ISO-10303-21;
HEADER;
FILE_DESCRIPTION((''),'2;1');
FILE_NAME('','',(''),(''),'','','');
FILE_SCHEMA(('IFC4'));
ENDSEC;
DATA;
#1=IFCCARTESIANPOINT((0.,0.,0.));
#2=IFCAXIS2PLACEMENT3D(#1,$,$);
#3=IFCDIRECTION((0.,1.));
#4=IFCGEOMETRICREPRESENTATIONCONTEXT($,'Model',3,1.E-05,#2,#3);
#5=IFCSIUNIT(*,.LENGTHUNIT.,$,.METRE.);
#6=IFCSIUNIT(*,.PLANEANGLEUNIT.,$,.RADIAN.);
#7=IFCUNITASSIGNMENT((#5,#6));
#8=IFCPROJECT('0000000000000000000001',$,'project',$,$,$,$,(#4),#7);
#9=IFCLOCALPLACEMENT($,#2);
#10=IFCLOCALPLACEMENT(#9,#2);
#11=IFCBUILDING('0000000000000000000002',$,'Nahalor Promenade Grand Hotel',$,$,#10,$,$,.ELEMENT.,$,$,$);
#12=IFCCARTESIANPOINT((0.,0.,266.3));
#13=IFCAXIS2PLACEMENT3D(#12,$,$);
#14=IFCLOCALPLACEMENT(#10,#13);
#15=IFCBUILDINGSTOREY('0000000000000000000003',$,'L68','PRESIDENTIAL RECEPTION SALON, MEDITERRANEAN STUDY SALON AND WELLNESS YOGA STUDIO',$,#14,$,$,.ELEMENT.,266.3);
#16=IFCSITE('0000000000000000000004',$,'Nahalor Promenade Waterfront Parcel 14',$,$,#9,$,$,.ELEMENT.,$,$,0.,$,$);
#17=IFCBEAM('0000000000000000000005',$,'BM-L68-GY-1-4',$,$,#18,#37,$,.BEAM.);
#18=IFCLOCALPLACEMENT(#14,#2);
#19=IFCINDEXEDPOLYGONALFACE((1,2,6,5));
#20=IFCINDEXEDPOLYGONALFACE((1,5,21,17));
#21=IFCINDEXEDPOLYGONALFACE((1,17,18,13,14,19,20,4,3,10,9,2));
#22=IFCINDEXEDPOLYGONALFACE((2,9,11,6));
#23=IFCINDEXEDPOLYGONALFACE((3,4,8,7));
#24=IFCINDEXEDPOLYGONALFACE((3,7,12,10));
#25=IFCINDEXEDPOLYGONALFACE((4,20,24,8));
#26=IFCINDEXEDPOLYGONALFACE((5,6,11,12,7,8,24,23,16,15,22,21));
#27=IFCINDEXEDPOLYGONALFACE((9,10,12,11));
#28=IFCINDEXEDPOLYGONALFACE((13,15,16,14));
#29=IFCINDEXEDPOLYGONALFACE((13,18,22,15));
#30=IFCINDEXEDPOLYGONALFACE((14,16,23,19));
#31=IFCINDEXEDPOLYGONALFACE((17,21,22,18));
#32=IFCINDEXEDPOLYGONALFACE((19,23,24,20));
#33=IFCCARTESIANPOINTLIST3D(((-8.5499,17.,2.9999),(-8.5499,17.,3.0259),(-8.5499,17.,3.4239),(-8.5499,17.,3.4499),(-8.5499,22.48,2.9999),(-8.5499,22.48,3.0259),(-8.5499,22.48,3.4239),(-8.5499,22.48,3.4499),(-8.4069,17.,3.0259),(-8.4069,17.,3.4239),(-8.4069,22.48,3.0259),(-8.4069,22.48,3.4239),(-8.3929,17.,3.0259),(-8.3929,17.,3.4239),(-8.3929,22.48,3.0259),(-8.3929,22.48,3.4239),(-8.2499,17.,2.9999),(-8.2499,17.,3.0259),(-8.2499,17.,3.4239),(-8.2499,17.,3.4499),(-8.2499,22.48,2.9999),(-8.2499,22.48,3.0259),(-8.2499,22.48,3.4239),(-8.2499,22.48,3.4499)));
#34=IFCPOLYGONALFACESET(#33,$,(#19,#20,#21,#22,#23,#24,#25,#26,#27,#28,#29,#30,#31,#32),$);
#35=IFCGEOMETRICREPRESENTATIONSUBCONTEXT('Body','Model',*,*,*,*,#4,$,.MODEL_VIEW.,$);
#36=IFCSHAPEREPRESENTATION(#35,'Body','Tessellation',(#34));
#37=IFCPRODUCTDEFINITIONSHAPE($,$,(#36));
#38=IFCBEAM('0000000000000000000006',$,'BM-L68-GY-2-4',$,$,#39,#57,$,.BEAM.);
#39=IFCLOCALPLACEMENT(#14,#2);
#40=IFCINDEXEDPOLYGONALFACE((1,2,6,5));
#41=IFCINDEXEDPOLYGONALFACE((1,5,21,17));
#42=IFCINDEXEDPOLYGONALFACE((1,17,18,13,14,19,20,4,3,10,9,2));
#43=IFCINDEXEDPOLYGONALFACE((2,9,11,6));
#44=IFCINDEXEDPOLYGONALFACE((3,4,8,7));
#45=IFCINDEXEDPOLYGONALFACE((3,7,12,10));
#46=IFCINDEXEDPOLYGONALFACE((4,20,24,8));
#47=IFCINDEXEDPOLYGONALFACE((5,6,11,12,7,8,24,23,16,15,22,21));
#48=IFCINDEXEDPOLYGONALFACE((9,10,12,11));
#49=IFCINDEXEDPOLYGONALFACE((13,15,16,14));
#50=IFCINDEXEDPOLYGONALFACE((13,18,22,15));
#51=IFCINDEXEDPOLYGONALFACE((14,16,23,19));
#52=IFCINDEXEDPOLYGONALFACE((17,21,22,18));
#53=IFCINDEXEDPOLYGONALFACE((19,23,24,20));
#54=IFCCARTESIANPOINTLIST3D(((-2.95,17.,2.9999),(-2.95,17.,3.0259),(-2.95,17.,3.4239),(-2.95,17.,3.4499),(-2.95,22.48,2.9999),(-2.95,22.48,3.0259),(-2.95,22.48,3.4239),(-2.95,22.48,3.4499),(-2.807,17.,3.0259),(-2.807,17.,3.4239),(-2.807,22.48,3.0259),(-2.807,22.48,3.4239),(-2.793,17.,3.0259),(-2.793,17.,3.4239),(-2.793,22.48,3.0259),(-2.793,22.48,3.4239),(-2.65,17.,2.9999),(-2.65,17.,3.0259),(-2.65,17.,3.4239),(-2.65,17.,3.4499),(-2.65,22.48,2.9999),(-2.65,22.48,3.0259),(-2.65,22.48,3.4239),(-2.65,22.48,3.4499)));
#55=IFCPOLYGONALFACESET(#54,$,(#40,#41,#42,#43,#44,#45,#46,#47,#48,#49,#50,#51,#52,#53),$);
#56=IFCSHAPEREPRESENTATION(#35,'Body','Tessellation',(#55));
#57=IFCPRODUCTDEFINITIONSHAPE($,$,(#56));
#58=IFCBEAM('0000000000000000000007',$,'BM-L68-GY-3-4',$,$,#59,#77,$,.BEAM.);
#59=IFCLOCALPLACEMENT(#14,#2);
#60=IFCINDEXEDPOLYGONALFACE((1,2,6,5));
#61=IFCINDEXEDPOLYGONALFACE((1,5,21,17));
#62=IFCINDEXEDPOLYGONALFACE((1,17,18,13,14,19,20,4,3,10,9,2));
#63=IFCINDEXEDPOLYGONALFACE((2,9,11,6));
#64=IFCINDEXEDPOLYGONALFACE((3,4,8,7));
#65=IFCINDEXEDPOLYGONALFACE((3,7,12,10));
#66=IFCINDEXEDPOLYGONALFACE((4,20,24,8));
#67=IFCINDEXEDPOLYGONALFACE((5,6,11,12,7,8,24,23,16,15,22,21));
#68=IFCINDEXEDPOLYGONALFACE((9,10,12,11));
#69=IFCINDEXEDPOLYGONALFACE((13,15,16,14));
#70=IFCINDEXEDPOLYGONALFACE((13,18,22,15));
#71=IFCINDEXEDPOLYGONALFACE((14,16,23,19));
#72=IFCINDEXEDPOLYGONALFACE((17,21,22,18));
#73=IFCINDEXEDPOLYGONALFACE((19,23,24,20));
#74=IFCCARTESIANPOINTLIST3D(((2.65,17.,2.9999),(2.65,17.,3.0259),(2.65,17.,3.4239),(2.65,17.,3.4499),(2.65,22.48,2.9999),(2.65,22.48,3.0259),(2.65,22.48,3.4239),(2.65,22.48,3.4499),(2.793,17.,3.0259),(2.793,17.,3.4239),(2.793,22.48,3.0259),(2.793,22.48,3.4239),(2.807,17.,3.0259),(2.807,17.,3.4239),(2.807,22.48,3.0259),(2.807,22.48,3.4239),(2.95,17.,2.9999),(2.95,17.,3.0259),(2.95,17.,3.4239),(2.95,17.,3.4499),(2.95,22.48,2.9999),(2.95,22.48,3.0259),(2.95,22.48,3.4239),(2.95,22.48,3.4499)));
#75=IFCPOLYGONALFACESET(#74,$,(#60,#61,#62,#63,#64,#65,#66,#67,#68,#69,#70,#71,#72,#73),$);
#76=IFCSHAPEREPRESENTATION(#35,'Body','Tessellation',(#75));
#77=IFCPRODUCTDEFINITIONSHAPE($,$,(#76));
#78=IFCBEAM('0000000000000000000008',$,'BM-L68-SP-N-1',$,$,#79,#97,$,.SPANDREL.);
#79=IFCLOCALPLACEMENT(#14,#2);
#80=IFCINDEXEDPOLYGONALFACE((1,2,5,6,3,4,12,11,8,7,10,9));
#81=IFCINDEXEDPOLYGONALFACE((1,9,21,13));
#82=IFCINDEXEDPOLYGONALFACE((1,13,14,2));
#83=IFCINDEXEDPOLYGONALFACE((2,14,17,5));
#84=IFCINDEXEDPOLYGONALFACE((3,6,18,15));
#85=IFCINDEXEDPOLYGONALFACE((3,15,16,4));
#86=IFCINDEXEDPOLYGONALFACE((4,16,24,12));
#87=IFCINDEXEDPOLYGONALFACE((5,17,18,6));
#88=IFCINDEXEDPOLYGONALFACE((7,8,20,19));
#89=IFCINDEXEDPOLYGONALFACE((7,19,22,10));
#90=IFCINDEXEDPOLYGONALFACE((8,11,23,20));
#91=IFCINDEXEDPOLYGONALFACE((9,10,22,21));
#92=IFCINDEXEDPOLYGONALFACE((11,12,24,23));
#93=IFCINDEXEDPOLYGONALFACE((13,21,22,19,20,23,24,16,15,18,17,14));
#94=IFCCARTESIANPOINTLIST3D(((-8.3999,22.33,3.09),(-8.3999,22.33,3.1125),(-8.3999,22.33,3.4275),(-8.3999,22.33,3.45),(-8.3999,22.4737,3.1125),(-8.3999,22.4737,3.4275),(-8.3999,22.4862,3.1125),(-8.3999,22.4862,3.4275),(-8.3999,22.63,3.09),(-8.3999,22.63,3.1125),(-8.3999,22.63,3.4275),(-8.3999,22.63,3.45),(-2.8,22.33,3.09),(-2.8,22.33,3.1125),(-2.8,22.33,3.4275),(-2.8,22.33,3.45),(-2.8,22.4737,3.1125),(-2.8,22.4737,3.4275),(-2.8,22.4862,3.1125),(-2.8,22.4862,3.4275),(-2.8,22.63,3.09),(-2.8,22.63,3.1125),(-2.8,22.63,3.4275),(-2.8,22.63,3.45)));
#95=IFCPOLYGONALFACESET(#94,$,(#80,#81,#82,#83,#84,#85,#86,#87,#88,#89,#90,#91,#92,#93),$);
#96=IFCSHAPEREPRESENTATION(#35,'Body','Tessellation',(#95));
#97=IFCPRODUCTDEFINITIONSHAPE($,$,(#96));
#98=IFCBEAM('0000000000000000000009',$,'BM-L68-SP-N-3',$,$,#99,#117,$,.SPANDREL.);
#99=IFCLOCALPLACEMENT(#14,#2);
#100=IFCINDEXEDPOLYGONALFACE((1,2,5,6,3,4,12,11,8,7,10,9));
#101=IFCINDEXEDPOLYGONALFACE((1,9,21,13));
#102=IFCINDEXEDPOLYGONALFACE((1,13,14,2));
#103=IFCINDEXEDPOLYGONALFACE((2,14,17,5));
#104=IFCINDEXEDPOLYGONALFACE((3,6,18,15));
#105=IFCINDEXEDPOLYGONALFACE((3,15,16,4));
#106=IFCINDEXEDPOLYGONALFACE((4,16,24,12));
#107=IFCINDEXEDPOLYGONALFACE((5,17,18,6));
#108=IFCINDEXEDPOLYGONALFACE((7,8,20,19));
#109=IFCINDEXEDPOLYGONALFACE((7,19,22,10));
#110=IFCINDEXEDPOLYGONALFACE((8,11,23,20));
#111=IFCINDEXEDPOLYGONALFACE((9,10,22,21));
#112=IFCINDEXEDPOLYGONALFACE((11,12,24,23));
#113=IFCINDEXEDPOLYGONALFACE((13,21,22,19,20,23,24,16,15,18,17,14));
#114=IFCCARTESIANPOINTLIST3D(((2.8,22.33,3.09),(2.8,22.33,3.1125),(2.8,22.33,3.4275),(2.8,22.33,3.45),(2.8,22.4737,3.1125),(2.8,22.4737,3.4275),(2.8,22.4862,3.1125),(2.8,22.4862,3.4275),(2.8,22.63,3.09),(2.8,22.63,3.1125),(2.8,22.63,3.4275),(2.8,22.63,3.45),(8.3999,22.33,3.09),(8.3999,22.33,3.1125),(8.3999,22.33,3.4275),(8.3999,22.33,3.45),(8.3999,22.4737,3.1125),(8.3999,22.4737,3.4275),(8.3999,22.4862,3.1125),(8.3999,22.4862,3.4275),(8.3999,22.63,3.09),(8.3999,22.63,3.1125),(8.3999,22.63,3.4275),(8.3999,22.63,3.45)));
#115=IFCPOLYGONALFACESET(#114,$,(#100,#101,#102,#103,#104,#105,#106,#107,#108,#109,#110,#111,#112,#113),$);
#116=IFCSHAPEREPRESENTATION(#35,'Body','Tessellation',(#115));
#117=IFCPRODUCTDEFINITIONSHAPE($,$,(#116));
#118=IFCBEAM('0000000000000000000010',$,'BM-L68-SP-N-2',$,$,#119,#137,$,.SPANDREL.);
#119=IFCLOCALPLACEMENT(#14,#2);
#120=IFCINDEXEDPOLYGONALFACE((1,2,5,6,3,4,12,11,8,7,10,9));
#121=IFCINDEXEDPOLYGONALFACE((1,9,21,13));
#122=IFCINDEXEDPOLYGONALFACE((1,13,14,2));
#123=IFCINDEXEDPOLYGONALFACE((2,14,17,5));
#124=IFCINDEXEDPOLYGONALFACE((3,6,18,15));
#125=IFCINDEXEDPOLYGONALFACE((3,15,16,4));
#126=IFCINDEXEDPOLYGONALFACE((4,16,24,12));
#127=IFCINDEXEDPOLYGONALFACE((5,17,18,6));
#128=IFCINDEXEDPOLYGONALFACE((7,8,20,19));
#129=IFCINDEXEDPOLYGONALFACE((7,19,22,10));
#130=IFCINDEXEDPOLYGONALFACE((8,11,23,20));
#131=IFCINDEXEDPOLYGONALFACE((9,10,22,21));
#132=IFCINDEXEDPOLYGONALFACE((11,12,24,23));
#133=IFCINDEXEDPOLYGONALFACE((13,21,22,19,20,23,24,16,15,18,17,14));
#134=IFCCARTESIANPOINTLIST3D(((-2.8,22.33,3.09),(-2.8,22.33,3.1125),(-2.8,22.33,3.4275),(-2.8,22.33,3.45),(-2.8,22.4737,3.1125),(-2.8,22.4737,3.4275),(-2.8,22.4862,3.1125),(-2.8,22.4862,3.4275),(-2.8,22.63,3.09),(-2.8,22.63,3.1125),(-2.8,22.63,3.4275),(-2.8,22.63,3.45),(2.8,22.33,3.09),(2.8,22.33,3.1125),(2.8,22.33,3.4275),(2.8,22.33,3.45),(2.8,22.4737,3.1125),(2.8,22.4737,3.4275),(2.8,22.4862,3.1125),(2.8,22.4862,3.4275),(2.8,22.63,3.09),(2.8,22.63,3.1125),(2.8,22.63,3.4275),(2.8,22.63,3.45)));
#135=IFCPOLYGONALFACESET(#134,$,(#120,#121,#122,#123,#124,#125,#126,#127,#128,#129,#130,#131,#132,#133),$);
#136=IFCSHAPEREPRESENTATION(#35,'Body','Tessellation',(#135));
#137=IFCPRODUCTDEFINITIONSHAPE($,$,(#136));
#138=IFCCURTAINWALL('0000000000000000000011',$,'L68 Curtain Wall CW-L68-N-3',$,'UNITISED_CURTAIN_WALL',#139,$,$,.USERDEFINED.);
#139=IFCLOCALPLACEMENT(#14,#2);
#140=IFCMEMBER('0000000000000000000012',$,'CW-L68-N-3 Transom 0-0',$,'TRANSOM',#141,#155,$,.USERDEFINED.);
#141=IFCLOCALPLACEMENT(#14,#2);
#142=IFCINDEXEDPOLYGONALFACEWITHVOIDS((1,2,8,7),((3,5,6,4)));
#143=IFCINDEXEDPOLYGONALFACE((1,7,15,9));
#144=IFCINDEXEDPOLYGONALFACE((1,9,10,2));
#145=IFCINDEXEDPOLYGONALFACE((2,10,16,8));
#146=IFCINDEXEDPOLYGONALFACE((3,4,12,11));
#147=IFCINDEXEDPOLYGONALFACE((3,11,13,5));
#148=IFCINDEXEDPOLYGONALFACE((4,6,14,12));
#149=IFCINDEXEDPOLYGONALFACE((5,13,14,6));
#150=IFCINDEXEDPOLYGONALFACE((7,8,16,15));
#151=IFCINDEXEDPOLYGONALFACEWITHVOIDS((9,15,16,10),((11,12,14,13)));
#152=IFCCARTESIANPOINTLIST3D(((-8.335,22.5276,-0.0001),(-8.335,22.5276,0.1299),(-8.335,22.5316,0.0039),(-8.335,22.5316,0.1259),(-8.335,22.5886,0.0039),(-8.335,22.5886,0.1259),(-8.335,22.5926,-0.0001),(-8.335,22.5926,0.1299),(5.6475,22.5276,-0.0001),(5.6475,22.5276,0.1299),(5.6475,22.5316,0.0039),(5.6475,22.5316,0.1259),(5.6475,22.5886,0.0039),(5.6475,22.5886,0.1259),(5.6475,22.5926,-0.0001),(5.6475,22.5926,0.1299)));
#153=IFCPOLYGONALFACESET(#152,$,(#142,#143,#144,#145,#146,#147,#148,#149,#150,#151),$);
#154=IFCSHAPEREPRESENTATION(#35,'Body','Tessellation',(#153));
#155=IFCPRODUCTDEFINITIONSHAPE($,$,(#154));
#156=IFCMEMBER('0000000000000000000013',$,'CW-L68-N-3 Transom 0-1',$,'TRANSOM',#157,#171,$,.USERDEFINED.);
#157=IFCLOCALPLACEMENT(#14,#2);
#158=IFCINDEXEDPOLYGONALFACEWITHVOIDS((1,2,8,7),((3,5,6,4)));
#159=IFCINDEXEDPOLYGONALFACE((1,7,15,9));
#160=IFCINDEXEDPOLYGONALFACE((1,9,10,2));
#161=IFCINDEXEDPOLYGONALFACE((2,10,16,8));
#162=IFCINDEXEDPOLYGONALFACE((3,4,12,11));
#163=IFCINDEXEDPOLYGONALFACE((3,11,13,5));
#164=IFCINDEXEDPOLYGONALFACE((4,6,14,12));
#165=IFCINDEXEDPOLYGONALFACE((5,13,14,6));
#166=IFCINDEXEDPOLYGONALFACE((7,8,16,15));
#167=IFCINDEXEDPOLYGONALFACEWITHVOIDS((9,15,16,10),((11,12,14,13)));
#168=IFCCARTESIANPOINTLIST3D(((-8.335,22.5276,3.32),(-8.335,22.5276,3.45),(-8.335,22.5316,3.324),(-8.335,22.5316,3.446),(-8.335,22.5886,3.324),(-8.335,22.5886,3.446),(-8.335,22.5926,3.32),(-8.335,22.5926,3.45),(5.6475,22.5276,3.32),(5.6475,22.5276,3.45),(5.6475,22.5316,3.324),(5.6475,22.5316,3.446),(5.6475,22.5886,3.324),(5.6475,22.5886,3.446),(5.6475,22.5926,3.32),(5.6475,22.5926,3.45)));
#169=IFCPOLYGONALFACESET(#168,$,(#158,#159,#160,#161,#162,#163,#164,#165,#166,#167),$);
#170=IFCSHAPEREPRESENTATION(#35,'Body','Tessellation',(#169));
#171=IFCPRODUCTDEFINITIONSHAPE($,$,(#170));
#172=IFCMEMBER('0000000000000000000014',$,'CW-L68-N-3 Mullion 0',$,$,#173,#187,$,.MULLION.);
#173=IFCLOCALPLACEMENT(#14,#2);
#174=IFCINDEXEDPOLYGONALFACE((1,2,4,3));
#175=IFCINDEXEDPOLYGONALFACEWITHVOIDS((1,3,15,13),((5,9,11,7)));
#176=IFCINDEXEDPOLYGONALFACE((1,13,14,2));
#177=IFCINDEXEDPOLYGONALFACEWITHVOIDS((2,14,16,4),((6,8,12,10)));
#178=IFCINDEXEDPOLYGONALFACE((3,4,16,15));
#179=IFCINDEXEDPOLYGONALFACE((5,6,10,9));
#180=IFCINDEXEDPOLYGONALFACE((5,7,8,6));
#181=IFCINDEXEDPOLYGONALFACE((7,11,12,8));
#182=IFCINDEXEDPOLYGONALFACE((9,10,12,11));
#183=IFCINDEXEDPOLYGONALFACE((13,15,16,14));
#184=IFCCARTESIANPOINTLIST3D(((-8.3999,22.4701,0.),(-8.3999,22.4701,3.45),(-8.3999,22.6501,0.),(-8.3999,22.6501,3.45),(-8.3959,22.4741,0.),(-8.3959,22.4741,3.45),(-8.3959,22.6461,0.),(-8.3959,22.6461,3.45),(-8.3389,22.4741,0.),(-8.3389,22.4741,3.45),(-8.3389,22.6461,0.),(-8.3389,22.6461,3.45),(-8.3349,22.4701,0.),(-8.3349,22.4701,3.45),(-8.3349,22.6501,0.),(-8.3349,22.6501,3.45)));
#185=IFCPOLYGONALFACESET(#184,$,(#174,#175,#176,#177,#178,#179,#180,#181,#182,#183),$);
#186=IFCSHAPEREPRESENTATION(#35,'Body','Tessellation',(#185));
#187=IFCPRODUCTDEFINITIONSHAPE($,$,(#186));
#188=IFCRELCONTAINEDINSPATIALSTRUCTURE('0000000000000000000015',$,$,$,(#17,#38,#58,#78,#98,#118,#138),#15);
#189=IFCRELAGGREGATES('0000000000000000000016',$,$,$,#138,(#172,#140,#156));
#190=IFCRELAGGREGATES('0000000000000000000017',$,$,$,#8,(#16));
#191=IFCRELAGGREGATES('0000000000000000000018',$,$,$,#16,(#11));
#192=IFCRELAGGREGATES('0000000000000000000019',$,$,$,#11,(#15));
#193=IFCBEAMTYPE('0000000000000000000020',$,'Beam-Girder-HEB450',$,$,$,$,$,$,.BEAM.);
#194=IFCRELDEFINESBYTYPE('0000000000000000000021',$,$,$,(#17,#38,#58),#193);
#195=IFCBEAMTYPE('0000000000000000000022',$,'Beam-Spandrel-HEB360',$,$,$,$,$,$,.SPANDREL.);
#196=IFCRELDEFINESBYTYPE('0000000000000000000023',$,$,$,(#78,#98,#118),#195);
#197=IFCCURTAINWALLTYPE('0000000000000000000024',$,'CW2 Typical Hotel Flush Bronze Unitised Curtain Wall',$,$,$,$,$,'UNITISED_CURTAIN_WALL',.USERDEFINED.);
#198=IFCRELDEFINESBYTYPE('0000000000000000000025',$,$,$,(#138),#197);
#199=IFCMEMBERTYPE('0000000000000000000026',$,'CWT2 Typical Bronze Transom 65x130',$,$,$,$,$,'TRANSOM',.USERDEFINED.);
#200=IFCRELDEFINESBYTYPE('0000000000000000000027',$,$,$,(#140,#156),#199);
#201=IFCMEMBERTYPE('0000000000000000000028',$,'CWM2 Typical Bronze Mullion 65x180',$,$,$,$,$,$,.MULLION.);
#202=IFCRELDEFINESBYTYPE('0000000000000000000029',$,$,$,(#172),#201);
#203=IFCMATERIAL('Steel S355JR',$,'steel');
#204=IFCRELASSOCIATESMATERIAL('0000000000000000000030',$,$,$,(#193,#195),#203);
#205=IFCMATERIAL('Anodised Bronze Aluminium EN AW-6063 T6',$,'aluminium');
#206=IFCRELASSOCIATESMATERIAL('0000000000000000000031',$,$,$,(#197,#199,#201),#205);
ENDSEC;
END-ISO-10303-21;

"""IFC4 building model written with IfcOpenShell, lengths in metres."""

from ifc_helpers import new_model, si_unit, direction, frame, origin, origin_2d, place, context, subcontext, project, spatial, hollow_rectangle, i_section, extrude, source, transform, mapped, material, material_profile, profile_set, type_object, element, aggregate, save


model = new_model("IFC4")

# Units and contexts
model_context = context("Model", 3, precision=1e-05, world=origin(), true_north=direction((0.0, 1.0)))
body_context = subcontext(model_context, "Body", "Model", "MODEL_VIEW")
ifc_project = project(units=[si_unit("LENGTHUNIT", "METRE"), si_unit("PLANEANGLEUNIT", "RADIAN")], contexts=[model_context])

# Site, building, storey
site_placement = place(None, origin())
site = spatial("IfcSite", under=ifc_project, at=site_placement, Name="Nahalor Promenade Waterfront Parcel 14", CompositionType="ELEMENT", RefElevation=0.0)
building_placement = place(site_placement, origin())
building = spatial("IfcBuilding", under=site, at=building_placement, Name="Nahalor Promenade Grand Hotel", CompositionType="ELEMENT")
storey_placement = place(building_placement, frame((0.0, 0.0, 266.3)))
storey = spatial("IfcBuildingStorey", under=building, at=storey_placement, Name="L68", Description="PRESIDENTIAL RECEPTION SALON, MEDITERRANEAN STUDY SALON AND WELLNESS YOGA STUDIO", CompositionType="ELEMENT", Elevation=266.3)

# Shared definitions
ifc_material_1 = material(Name="Steel S355JR", Category="steel")

# Beams
ifc_material_profile_1 = material_profile(ifc_material_1, i_section(OverallWidth=0.3, OverallDepth=0.45, WebThickness=0.014, FlangeThickness=0.026, at=origin_2d()), Name="HEB 450")
ifc_profile_set_1 = profile_set([ifc_material_profile_1], Name="Steel S355JR")
beam_type_1 = type_object("IfcBeamType", Name="Beam-Girder-HEB450", PredefinedType="BEAM", material=ifc_profile_set_1)
shared_shape_1 = source(origin(), body_context, "Body", "SweptSolid", [
    extrude(i_section(OverallWidth=0.3, OverallDepth=0.45, WebThickness=0.014, FlangeThickness=0.026, at=origin_2d()), origin(), (0.0, 0.0, 1.0), 5.48),
])
for number, where, z_axis, x_axis, name in (
    (1, (-8.3999, 17.0, 3.2249), (0.0, 1.0, 0.0), (-1.0, 0.0, 0.0), "BM-L68-GY-1-4"),
    (2, (-2.8, 17.0, 3.2249), (0.0, 1.0, 0.0), (-1.0, 0.0, 0.0), "BM-L68-GY-2-4"),
    (3, (2.8, 17.0, 3.2249), (0.0, 1.0, 0.0), (-1.0, 0.0, 0.0), "BM-L68-GY-3-4"),
):
    element("IfcBeam", number, at=place(storey_placement, frame(where, z_axis=z_axis, x_axis=x_axis)), inside=storey, type_object=beam_type_1, Name=name, PredefinedType="BEAM", context=body_context, shape_type="MappedRepresentation", body=[
        mapped(shared_shape_1, transform((0.0, 0.0, 0.0), scale=1.0)),
    ])
ifc_material_profile_2 = material_profile(ifc_material_1, i_section(OverallWidth=0.3, OverallDepth=0.36, WebThickness=0.0125, FlangeThickness=0.0225, at=origin_2d()), Name="HEB 360")
ifc_profile_set_2 = profile_set([ifc_material_profile_2], Name="Steel S355JR")
beam_type_2 = type_object("IfcBeamType", Name="Beam-Spandrel-HEB360", PredefinedType="SPANDREL", material=ifc_profile_set_2)
shared_shape_2 = source(origin(), body_context, "Body", "SweptSolid", [
    extrude(i_section(OverallWidth=0.3, OverallDepth=0.36, WebThickness=0.0125, FlangeThickness=0.0225, at=origin_2d()), origin(), (0.0, 0.0, 1.0), 5.5999),
])
for number, where, z_axis, x_axis, name in (
    (4, (-8.3999, 22.48, 3.27), (1.0, 0.0, 0.0), (0.0, 1.0, 0.0), "BM-L68-SP-N-1"),
    (5, (2.8, 22.48, 3.27), (1.0, 0.0, 0.0), (0.0, 1.0, 0.0), "BM-L68-SP-N-3"),
):
    element("IfcBeam", number, at=place(storey_placement, frame(where, z_axis=z_axis, x_axis=x_axis)), inside=storey, type_object=beam_type_2, Name=name, PredefinedType="SPANDREL", context=body_context, shape_type="MappedRepresentation", body=[
        mapped(shared_shape_2, transform((0.0, 0.0, 0.0), scale=1.0)),
    ])
shared_shape_3 = source(origin(), body_context, "Body", "SweptSolid", [
    extrude(i_section(OverallWidth=0.3, OverallDepth=0.36, WebThickness=0.0125, FlangeThickness=0.0225, at=origin_2d()), origin(), (0.0, 0.0, 1.0), 5.6001),
])
beam_1_placement = place(storey_placement, frame((-2.8, 22.48, 3.27), z_axis=(1.0, 0.0, 0.0), x_axis=(0.0, 1.0, 0.0)))
element("IfcBeam", 6, at=beam_1_placement, inside=storey, type_object=beam_type_2, Name="BM-L68-SP-N-2", PredefinedType="SPANDREL", context=body_context, shape_type="MappedRepresentation", body=[
    mapped(shared_shape_3, transform((0.0, 0.0, 0.0), scale=1.0)),
])

# Curtain wall, members
ifc_material_2 = material(Name="Anodised Bronze Aluminium EN AW-6063 T6", Category="aluminium")
curtain_wall_type = type_object("IfcCurtainWallType", Name="CW2 Typical Hotel Flush Bronze Unitised Curtain Wall", ElementType="UNITISED_CURTAIN_WALL", PredefinedType="USERDEFINED", material=ifc_material_2)
curtain_wall_placement = place(storey_placement, origin())
curtain_wall = element("IfcCurtainWall", 7, at=curtain_wall_placement, inside=storey, type_object=curtain_wall_type, Name="L68 Curtain Wall CW-L68-N-3", ObjectType="UNITISED_CURTAIN_WALL", PredefinedType="USERDEFINED")
ifc_material_profile_3 = material_profile(ifc_material_2, hollow_rectangle(XDim=0.065, YDim=0.13, WallThickness=0.004, at=origin_2d()), Name="CWT 65x130x4")
ifc_profile_set_3 = profile_set([ifc_material_profile_3], Name="Anodised Bronze Aluminium EN AW-6063 T6")
member_type_1 = type_object("IfcMemberType", Name="CWT2 Typical Bronze Transom 65x130", ElementType="TRANSOM", PredefinedType="USERDEFINED", material=ifc_profile_set_3)
shared_shape_4 = source(origin(), body_context, "Body", "SweptSolid", [
    extrude(hollow_rectangle(XDim=0.065, YDim=0.13, WallThickness=0.004, at=origin_2d()), origin(), (0.0, 0.0, 1.0), 13.9824),
])
member_1_placement = place(storey_placement, frame((-8.335, 22.5601, 0.0649), z_axis=(1.0, 0.0, 0.0), x_axis=(0.0, 1.0, 0.0)))
member_1 = element("IfcMember", 8, at=member_1_placement, type_object=member_type_1, Name="CW-L68-N-3 Transom 0-0", ObjectType="TRANSOM", PredefinedType="USERDEFINED", context=body_context, shape_type="MappedRepresentation", body=[
    mapped(shared_shape_4, transform((0.0, 0.0, 0.0), scale=1.0)),
])
member_2_placement = place(storey_placement, frame((-8.335, 22.5601, 3.385), z_axis=(1.0, 0.0, 0.0), x_axis=(0.0, 1.0, 0.0)))
member_2 = element("IfcMember", 9, at=member_2_placement, type_object=member_type_1, Name="CW-L68-N-3 Transom 0-1", ObjectType="TRANSOM", PredefinedType="USERDEFINED", context=body_context, shape_type="MappedRepresentation", body=[
    mapped(shared_shape_4, transform((0.0, 0.0, 0.0), scale=1.0)),
])
ifc_material_profile_4 = material_profile(ifc_material_2, hollow_rectangle(XDim=0.065, YDim=0.18, WallThickness=0.004, at=origin_2d()), Name="CWM 65x180x4")
ifc_profile_set_4 = profile_set([ifc_material_profile_4], Name="Anodised Bronze Aluminium EN AW-6063 T6")
member_type_2 = type_object("IfcMemberType", Name="CWM2 Typical Bronze Mullion 65x180", PredefinedType="MULLION", material=ifc_profile_set_4)
shared_shape_5 = source(origin(), body_context, "Body", "SweptSolid", [
    extrude(hollow_rectangle(XDim=0.065, YDim=0.18, WallThickness=0.004, at=origin_2d()), origin(), (0.0, 0.0, 1.0), 3.45),
])
member_3_placement = place(storey_placement, frame((-8.3674, 22.5601, 0.0), z_axis=(0.0, 0.0, 1.0), x_axis=(1.0, 0.0, 0.0)))
member_3 = element("IfcMember", 10, at=member_3_placement, type_object=member_type_2, Name="CW-L68-N-3 Mullion 0", PredefinedType="MULLION", context=body_context, shape_type="MappedRepresentation", body=[
    mapped(shared_shape_5, transform((0.0, 0.0, 0.0), scale=1.0)),
])
aggregate(curtain_wall, [member_3, member_1, member_2])

save(model, "model.ifc")
